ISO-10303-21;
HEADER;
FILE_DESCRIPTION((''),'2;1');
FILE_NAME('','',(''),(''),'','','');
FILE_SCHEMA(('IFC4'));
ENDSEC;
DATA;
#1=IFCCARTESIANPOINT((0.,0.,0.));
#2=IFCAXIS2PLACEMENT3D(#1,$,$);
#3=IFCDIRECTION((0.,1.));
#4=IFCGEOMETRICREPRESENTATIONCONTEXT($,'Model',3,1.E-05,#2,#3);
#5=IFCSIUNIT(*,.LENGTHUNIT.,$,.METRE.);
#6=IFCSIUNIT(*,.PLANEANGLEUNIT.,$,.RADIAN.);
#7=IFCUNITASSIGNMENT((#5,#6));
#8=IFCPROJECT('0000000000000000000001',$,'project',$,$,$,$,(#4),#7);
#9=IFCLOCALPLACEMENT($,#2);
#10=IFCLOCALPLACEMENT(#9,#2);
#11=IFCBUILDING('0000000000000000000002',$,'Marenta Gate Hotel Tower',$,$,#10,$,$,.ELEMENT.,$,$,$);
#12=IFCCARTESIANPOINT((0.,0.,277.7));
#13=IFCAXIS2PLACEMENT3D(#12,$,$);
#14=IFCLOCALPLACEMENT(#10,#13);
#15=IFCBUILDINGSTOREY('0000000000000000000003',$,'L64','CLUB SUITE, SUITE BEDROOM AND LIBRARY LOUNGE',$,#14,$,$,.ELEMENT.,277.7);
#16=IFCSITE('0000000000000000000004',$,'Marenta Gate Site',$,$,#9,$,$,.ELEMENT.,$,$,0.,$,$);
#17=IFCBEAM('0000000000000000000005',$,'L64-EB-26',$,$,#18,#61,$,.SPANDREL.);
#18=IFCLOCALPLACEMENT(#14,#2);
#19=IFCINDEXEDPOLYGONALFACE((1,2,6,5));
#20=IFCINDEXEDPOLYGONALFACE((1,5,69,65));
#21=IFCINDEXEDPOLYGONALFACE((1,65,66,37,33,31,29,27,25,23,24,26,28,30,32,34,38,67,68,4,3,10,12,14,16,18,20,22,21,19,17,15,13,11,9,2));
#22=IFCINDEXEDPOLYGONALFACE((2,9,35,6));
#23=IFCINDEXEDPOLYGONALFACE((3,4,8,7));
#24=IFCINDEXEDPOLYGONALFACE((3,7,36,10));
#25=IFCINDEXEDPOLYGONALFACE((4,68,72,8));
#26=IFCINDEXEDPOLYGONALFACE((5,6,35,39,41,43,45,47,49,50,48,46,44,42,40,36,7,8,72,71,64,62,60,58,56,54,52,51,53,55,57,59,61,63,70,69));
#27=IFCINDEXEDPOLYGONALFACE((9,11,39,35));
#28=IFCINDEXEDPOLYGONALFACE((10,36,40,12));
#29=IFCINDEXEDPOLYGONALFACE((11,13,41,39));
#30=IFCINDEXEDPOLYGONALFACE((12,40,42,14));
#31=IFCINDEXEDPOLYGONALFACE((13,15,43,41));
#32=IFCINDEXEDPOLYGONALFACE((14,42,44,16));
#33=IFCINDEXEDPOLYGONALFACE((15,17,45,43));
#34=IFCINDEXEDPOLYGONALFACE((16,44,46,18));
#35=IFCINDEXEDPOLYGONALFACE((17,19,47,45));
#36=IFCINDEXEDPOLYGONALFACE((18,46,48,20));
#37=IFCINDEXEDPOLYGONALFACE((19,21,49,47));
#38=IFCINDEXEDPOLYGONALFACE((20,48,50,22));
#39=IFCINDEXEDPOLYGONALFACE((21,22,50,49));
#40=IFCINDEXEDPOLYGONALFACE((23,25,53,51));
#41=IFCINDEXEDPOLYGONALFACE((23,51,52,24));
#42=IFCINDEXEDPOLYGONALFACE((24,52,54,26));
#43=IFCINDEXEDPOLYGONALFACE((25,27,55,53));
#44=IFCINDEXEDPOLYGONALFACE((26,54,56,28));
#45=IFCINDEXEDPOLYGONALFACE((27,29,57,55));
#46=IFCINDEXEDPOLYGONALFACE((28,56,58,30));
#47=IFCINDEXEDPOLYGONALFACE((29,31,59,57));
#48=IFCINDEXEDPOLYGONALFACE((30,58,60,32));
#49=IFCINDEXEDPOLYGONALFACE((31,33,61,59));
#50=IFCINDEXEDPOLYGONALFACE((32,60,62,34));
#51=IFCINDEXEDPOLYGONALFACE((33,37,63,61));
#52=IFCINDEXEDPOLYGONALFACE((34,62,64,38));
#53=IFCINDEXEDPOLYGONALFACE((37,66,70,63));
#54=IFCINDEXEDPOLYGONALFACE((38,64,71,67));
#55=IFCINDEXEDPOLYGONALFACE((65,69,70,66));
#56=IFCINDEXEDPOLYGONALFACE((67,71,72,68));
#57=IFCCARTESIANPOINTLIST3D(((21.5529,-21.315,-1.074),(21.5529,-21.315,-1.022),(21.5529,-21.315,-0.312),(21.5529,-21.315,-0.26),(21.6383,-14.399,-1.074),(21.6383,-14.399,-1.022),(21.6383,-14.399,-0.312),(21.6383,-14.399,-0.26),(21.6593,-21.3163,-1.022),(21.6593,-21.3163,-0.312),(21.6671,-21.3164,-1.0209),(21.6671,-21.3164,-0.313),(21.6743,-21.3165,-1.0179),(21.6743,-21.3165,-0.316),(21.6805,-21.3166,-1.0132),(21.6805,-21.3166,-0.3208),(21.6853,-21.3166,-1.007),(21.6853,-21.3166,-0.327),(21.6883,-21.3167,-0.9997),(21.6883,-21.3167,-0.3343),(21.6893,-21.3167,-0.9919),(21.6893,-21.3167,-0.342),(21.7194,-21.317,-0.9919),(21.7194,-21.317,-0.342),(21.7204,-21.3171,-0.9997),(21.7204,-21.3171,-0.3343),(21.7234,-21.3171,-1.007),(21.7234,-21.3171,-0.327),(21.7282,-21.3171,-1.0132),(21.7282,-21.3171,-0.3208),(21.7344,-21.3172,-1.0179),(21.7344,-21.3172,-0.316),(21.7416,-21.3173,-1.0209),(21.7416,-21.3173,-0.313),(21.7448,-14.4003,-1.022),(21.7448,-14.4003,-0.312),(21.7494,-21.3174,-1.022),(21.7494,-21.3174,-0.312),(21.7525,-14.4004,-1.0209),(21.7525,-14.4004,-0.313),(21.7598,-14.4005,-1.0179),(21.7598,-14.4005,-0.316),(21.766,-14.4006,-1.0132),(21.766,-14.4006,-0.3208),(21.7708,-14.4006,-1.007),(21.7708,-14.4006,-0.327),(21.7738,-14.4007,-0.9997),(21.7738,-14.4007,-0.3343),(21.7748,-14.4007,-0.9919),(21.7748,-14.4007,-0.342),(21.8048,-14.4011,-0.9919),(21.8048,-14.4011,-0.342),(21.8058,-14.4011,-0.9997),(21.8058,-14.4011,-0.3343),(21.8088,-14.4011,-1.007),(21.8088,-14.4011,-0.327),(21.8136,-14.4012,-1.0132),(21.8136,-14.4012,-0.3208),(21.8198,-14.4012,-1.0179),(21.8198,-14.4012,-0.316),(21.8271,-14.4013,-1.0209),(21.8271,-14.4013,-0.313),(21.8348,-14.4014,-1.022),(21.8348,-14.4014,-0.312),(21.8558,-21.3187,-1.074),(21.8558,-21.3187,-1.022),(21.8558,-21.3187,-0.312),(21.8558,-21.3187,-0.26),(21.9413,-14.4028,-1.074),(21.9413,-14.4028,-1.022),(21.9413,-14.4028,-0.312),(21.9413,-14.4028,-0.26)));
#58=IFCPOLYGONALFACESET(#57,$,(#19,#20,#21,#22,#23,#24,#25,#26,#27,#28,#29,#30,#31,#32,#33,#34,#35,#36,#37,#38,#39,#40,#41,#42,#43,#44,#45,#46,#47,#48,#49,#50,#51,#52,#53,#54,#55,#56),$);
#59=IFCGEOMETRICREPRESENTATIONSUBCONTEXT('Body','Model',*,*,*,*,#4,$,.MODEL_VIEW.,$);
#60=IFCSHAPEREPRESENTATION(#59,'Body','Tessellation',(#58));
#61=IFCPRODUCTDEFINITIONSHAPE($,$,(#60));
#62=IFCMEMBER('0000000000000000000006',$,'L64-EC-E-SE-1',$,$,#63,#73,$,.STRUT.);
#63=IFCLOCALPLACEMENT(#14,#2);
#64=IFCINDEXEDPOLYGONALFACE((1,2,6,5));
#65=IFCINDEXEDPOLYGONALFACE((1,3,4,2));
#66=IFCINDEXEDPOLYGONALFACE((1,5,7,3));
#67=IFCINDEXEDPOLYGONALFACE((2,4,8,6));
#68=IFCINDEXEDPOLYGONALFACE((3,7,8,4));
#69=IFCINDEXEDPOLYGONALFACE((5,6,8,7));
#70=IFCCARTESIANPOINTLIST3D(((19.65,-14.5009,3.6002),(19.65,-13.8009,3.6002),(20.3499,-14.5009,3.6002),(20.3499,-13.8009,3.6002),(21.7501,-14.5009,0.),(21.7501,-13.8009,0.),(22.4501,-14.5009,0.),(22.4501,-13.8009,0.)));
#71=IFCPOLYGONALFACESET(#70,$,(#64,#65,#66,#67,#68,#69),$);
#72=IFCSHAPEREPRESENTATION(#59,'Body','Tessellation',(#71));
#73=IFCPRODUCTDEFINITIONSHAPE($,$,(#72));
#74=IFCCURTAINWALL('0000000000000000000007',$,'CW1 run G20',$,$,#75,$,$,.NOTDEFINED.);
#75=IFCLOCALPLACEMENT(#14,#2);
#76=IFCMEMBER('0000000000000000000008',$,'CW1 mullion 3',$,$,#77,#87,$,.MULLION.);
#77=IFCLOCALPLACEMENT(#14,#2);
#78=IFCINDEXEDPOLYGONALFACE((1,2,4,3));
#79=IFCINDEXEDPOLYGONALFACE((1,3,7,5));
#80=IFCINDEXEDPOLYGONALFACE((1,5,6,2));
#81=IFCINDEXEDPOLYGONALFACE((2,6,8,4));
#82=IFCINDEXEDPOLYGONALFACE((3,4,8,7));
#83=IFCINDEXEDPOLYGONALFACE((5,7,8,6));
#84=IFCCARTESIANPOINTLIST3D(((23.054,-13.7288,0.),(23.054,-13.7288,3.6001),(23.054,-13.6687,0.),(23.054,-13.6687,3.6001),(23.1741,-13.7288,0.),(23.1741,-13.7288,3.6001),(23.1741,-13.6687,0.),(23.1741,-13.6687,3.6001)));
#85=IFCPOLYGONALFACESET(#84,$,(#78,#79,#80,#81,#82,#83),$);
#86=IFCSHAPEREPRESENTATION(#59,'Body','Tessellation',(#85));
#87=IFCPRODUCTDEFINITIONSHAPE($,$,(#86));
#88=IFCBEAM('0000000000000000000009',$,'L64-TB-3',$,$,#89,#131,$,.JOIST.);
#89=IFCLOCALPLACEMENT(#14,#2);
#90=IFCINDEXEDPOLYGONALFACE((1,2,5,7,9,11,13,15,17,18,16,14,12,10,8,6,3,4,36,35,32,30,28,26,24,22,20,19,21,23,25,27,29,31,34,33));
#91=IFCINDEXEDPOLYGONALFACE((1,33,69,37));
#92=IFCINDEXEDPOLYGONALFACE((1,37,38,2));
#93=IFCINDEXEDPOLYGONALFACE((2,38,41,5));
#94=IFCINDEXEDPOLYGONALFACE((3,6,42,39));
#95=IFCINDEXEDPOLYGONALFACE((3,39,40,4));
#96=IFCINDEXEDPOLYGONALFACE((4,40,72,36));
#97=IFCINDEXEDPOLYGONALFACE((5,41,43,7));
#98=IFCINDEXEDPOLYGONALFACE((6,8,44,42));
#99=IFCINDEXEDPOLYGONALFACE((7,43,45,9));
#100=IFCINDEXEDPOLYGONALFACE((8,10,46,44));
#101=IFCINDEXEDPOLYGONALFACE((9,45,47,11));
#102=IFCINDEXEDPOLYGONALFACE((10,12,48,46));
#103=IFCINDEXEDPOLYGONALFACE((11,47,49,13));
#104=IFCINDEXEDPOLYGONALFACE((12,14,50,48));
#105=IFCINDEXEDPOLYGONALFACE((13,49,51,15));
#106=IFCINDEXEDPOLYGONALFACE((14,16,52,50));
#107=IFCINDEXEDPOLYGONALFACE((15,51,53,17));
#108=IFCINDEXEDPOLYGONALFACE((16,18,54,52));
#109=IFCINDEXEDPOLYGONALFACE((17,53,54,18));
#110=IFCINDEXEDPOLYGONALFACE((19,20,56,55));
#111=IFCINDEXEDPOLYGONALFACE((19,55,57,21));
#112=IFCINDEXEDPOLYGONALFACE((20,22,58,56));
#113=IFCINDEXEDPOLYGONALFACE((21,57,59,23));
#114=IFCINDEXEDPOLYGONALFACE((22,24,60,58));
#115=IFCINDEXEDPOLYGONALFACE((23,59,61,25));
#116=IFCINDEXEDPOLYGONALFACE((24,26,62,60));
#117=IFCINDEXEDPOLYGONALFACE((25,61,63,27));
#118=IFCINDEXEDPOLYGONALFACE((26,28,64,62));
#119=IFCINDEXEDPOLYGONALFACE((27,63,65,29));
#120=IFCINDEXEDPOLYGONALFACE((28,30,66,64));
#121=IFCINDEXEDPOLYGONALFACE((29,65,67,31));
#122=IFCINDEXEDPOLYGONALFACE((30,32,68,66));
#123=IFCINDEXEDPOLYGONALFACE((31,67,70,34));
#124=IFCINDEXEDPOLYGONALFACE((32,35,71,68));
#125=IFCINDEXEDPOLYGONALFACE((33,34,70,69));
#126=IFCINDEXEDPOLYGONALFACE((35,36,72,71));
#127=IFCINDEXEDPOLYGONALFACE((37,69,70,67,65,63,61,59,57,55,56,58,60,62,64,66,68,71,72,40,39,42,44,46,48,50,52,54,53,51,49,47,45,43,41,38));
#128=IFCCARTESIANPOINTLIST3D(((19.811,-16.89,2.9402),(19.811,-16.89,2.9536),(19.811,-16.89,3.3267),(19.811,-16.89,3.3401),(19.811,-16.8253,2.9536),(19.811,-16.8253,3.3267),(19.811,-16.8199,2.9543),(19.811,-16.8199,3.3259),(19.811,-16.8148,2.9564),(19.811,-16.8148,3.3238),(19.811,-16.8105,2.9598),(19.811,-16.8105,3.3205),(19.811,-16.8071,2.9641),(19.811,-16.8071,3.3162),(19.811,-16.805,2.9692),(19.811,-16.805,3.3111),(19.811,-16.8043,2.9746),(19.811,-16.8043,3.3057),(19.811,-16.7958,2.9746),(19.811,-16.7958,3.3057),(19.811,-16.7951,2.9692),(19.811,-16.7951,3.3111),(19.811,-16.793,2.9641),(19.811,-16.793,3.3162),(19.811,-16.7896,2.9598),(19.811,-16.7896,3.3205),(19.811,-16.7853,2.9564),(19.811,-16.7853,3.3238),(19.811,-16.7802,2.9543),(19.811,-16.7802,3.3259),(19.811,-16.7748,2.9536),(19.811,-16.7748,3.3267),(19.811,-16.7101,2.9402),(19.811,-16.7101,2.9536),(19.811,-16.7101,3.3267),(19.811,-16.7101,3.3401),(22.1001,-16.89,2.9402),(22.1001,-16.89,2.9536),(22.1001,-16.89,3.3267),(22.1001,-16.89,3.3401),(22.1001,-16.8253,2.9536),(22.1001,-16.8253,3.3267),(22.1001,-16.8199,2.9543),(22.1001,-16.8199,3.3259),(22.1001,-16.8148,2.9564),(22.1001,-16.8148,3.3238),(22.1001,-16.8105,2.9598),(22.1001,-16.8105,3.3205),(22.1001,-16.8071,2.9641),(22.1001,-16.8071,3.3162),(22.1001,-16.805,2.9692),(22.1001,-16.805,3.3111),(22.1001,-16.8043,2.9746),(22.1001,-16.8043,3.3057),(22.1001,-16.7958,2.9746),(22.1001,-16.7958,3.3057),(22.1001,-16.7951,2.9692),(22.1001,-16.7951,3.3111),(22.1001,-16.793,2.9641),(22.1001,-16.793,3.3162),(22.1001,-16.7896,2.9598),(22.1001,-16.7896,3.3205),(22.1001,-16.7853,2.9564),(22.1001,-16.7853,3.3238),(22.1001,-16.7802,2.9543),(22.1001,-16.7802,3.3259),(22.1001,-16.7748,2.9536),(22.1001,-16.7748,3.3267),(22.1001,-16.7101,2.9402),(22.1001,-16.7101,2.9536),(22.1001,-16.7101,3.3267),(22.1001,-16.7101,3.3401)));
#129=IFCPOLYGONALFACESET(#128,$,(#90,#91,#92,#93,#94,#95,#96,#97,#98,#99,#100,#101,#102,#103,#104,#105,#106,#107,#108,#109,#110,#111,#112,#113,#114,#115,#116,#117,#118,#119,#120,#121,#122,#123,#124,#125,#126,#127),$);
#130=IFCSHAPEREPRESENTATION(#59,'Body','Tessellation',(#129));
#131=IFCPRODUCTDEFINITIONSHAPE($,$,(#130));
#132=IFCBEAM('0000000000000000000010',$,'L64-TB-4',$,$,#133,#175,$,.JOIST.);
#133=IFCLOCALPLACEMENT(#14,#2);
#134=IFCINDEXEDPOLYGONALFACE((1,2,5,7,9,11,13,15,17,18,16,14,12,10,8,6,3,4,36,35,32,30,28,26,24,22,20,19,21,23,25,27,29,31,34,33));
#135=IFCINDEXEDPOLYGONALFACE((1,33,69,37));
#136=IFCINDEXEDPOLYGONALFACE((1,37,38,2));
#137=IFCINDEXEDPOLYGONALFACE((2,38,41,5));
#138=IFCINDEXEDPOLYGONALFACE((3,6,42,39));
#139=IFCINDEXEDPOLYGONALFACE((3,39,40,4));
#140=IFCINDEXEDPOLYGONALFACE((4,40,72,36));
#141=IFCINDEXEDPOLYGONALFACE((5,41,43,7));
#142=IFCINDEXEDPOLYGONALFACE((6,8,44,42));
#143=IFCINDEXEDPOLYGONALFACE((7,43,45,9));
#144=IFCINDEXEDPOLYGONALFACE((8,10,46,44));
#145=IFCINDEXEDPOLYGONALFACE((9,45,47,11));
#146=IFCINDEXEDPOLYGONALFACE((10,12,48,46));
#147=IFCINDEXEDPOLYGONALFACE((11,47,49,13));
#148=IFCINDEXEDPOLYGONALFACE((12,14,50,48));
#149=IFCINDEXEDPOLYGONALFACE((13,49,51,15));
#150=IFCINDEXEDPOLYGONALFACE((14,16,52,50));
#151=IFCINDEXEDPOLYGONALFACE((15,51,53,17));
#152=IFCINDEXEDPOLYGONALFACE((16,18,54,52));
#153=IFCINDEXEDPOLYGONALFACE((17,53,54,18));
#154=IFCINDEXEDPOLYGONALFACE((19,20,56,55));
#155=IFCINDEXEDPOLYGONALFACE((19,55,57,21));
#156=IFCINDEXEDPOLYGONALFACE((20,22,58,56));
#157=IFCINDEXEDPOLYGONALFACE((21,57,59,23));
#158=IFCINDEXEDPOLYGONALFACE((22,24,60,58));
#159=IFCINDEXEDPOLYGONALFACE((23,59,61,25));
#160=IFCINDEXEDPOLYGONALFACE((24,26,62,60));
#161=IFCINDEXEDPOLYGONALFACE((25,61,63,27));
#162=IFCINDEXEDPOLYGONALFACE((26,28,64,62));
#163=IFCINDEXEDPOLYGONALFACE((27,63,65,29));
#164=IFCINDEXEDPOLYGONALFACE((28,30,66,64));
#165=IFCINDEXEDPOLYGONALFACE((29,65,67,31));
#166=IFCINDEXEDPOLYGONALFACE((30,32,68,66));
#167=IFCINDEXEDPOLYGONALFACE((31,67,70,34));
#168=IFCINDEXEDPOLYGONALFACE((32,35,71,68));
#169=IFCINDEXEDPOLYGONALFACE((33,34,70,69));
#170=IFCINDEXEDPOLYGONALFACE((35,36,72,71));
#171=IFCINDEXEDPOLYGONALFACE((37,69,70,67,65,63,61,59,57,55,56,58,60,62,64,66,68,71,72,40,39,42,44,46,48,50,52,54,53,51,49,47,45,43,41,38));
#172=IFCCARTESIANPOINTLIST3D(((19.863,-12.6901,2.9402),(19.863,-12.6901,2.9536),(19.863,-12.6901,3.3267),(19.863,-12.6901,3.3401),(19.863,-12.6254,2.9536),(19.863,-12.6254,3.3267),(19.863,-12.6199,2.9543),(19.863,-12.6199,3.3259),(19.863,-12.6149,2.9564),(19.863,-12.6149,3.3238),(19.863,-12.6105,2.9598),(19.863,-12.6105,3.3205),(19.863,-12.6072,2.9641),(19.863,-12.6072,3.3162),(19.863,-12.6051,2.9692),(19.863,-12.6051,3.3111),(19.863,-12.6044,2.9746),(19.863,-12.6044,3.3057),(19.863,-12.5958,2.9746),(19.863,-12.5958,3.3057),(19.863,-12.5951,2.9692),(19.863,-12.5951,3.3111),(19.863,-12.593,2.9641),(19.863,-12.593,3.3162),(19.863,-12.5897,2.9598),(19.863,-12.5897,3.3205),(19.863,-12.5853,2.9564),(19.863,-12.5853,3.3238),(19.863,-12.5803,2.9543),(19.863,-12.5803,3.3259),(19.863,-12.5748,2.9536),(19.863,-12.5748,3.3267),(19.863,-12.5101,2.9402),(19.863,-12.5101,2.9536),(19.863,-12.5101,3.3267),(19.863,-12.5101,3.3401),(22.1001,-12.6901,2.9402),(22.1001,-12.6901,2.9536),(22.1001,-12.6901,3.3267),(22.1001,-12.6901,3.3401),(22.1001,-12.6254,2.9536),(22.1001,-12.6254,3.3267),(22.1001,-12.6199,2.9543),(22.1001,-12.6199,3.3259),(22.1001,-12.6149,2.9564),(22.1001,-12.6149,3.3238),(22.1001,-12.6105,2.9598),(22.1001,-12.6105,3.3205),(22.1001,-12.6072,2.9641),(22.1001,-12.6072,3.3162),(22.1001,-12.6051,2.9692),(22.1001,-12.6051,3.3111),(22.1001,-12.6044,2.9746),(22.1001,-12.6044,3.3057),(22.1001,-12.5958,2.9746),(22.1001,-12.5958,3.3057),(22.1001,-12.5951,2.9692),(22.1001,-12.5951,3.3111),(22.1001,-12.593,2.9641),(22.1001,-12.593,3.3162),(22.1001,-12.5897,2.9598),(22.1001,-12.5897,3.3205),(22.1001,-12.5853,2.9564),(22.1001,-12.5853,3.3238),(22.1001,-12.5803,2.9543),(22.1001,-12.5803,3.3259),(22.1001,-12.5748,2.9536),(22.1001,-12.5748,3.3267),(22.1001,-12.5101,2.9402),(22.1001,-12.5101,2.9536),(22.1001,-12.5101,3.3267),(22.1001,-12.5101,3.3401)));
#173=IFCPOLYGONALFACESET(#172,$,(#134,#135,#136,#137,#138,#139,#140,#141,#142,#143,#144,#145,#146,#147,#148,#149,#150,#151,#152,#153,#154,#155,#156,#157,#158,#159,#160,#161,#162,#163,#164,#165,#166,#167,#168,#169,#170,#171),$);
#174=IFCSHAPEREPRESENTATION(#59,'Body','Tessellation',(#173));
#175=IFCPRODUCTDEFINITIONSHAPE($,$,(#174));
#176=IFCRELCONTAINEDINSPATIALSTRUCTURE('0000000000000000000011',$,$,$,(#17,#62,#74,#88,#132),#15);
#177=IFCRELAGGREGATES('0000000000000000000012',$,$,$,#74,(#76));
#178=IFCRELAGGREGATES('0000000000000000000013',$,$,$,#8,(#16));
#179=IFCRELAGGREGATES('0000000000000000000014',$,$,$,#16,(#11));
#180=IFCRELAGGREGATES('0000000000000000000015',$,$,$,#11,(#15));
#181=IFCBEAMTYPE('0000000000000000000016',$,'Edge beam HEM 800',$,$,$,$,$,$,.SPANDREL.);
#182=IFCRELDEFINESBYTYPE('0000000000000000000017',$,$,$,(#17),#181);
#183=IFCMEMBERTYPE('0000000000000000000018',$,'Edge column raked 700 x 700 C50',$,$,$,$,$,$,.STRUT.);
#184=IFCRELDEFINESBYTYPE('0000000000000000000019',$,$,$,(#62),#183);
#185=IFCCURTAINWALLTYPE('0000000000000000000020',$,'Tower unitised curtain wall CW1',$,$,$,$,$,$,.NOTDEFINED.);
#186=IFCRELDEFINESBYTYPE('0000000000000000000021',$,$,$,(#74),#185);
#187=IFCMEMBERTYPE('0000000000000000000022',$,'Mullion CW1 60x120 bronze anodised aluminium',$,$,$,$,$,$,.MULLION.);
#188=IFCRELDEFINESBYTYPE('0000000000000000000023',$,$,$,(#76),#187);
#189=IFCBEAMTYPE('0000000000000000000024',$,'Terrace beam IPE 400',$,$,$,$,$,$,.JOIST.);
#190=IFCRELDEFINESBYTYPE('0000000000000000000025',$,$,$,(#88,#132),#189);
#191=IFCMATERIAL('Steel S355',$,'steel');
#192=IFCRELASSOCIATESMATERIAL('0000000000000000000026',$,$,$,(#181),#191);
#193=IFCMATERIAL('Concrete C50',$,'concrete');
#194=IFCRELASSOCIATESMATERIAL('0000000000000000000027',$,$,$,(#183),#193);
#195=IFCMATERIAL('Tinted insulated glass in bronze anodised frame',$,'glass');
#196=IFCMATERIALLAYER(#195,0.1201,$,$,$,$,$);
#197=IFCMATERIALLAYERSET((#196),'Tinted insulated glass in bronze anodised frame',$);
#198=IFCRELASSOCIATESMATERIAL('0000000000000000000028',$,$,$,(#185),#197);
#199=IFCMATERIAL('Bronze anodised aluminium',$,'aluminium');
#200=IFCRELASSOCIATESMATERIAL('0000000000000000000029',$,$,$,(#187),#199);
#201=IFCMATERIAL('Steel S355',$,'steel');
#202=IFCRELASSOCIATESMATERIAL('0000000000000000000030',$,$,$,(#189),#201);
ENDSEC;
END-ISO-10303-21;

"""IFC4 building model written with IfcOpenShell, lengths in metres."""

from ifc_helpers import new_model, si_unit, direction, frame, origin, origin_2d, place, context, subcontext, project, spatial, rectangle, i_section, extrude, material, layer, layer_set, material_profile, profile_set, type_object, element, aggregate, save


model = new_model("IFC4")

# Units and contexts
model_context = context("Model", 3, precision=1e-05, world=origin(), true_north=direction((0.0, 1.0)))
body_context = subcontext(model_context, "Body", "Model", "MODEL_VIEW")
ifc_project = project(units=[si_unit("LENGTHUNIT", "METRE"), si_unit("PLANEANGLEUNIT", "RADIAN")], contexts=[model_context])

# Site, building, storey
site_placement = place(None, origin())
site = spatial("IfcSite", under=ifc_project, at=site_placement, Name="Marenta Gate Site", CompositionType="ELEMENT", RefElevation=0.0)
building_placement = place(site_placement, origin())
building = spatial("IfcBuilding", under=site, at=building_placement, Name="Marenta Gate Hotel Tower", CompositionType="ELEMENT")
storey_placement = place(building_placement, frame((0.0, 0.0, 277.7)))
storey = spatial("IfcBuildingStorey", under=building, at=storey_placement, Name="L64", Description="CLUB SUITE, SUITE BEDROOM AND LIBRARY LOUNGE", CompositionType="ELEMENT", Elevation=277.7)

# Beam
ifc_material_1 = material(Name="Steel S355", Category="steel")
ifc_material_profile_1 = material_profile(ifc_material_1, i_section(OverallWidth=0.303, OverallDepth=0.814, WebThickness=0.03, FlangeThickness=0.052, FilletRadius=0.03, at=origin_2d()), Name="HEM 800")
ifc_profile_set_1 = profile_set([ifc_material_profile_1], Name="Steel S355")
beam_type_1 = type_object("IfcBeamType", Name="Edge beam HEM 800", PredefinedType="SPANDREL", material=ifc_profile_set_1)
beam_1_placement = place(storey_placement, frame((21.7898, -14.4009, -0.667), z_axis=(-0.012354, -0.999924, 0.0), x_axis=(0.999924, -0.012354, 0.0)))
element("IfcBeam", 1, at=beam_1_placement, inside=storey, type_object=beam_type_1, Name="L64-EB-26", PredefinedType="SPANDREL", context=body_context, shape_type="SweptSolid", body=[
    extrude(i_section(OverallWidth=0.303, OverallDepth=0.814, WebThickness=0.03, FlangeThickness=0.052, FilletRadius=0.03, at=origin_2d()), origin(), (0.0, 0.0, 1.0), 6.9165),
])

# Member
ifc_material_2 = material(Name="Concrete C50", Category="concrete")
ifc_material_profile_2 = material_profile(ifc_material_2, rectangle(XDim=0.7, YDim=0.7, at=origin_2d()), Name="700 x 700")
ifc_profile_set_2 = profile_set([ifc_material_profile_2], Name="Concrete C50")
member_type_1 = type_object("IfcMemberType", Name="Edge column raked 700 x 700 C50", PredefinedType="STRUT", material=ifc_profile_set_2)
member_1_placement = place(storey_placement, frame((22.1001, -14.1509, 0.0), z_axis=(0.0, 0.0, 1.0), x_axis=(1.0, 0.0, 0.0)))
element("IfcMember", 2, at=member_1_placement, inside=storey, type_object=member_type_1, Name="L64-EC-E-SE-1", PredefinedType="STRUT", context=body_context, shape_type="SweptSolid", body=[
    extrude(rectangle(XDim=0.7, YDim=0.7, at=origin_2d()), origin(), (-0.503878, 0.0, 0.863775), 4.168),
])

# Curtain wall, member
ifc_material_3 = material(Name="Tinted insulated glass in bronze anodised frame", Category="glass")
ifc_layer_1 = layer(ifc_material_3, 0.1201)
ifc_layer_set_1 = layer_set([ifc_layer_1], Name="Tinted insulated glass in bronze anodised frame")
curtain_wall_type = type_object("IfcCurtainWallType", Name="Tower unitised curtain wall CW1", PredefinedType="NOTDEFINED", material=ifc_layer_set_1)
curtain_wall_placement = place(storey_placement, origin())
curtain_wall = element("IfcCurtainWall", 3, at=curtain_wall_placement, inside=storey, type_object=curtain_wall_type, Name="CW1 run G20", PredefinedType="NOTDEFINED")
ifc_material_4 = material(Name="Bronze anodised aluminium", Category="aluminium")
ifc_material_profile_3 = material_profile(ifc_material_4, rectangle(XDim=0.1201, YDim=0.0601, at=origin_2d()), Name="Mullion CW1 60x120 bronze anodised aluminium")
ifc_profile_set_3 = profile_set([ifc_material_profile_3], Name="Bronze anodised aluminium")
member_type_2 = type_object("IfcMemberType", Name="Mullion CW1 60x120 bronze anodised aluminium", PredefinedType="MULLION", material=ifc_profile_set_3)
member_2_placement = place(storey_placement, frame((23.114, -13.6987, 0.0), z_axis=(0.0, 0.0, 1.0), x_axis=(-1.0, 0.0, 0.0)))
member_2 = element("IfcMember", 4, at=member_2_placement, type_object=member_type_2, Name="CW1 mullion 3", PredefinedType="MULLION", context=body_context, shape_type="SweptSolid", body=[
    extrude(rectangle(XDim=0.1201, YDim=0.0601, at=origin_2d()), origin(), (0.0, 0.0, 1.0), 3.6001),
])

# Beams
ifc_material_5 = material(Name="Steel S355", Category="steel")
ifc_material_profile_4 = material_profile(ifc_material_5, i_section(OverallWidth=0.1799, OverallDepth=0.3999, WebThickness=0.0085, FlangeThickness=0.0134, FilletRadius=0.021, at=origin_2d()), Name="IPE 400")
ifc_profile_set_4 = profile_set([ifc_material_profile_4], Name="Steel S355")
beam_type_2 = type_object("IfcBeamType", Name="Terrace beam IPE 400", PredefinedType="JOIST", material=ifc_profile_set_4)
beam_2_placement = place(storey_placement, frame((19.811, -16.8, 3.1401), z_axis=(1.0, 0.0, 0.0), x_axis=(0.0, 1.0, 0.0)))
element("IfcBeam", 5, at=beam_2_placement, inside=storey, type_object=beam_type_2, Name="L64-TB-3", PredefinedType="JOIST", context=body_context, shape_type="SweptSolid", body=[
    extrude(i_section(OverallWidth=0.1799, OverallDepth=0.3999, WebThickness=0.0085, FlangeThickness=0.0134, FilletRadius=0.021, at=origin_2d()), origin(), (0.0, 0.0, 1.0), 2.2891),
])
beam_3_placement = place(storey_placement, frame((19.863, -12.6001, 3.1401), z_axis=(1.0, 0.0, 0.0), x_axis=(0.0, 1.0, 0.0)))
element("IfcBeam", 6, at=beam_3_placement, inside=storey, type_object=beam_type_2, Name="L64-TB-4", PredefinedType="JOIST", context=body_context, shape_type="SweptSolid", body=[
    extrude(i_section(OverallWidth=0.1799, OverallDepth=0.3999, WebThickness=0.0085, FlangeThickness=0.0134, FilletRadius=0.021, at=origin_2d()), origin(), (0.0, 0.0, 1.0), 2.2371),
])

aggregate(curtain_wall, [member_2])

save(model, "model.ifc")
